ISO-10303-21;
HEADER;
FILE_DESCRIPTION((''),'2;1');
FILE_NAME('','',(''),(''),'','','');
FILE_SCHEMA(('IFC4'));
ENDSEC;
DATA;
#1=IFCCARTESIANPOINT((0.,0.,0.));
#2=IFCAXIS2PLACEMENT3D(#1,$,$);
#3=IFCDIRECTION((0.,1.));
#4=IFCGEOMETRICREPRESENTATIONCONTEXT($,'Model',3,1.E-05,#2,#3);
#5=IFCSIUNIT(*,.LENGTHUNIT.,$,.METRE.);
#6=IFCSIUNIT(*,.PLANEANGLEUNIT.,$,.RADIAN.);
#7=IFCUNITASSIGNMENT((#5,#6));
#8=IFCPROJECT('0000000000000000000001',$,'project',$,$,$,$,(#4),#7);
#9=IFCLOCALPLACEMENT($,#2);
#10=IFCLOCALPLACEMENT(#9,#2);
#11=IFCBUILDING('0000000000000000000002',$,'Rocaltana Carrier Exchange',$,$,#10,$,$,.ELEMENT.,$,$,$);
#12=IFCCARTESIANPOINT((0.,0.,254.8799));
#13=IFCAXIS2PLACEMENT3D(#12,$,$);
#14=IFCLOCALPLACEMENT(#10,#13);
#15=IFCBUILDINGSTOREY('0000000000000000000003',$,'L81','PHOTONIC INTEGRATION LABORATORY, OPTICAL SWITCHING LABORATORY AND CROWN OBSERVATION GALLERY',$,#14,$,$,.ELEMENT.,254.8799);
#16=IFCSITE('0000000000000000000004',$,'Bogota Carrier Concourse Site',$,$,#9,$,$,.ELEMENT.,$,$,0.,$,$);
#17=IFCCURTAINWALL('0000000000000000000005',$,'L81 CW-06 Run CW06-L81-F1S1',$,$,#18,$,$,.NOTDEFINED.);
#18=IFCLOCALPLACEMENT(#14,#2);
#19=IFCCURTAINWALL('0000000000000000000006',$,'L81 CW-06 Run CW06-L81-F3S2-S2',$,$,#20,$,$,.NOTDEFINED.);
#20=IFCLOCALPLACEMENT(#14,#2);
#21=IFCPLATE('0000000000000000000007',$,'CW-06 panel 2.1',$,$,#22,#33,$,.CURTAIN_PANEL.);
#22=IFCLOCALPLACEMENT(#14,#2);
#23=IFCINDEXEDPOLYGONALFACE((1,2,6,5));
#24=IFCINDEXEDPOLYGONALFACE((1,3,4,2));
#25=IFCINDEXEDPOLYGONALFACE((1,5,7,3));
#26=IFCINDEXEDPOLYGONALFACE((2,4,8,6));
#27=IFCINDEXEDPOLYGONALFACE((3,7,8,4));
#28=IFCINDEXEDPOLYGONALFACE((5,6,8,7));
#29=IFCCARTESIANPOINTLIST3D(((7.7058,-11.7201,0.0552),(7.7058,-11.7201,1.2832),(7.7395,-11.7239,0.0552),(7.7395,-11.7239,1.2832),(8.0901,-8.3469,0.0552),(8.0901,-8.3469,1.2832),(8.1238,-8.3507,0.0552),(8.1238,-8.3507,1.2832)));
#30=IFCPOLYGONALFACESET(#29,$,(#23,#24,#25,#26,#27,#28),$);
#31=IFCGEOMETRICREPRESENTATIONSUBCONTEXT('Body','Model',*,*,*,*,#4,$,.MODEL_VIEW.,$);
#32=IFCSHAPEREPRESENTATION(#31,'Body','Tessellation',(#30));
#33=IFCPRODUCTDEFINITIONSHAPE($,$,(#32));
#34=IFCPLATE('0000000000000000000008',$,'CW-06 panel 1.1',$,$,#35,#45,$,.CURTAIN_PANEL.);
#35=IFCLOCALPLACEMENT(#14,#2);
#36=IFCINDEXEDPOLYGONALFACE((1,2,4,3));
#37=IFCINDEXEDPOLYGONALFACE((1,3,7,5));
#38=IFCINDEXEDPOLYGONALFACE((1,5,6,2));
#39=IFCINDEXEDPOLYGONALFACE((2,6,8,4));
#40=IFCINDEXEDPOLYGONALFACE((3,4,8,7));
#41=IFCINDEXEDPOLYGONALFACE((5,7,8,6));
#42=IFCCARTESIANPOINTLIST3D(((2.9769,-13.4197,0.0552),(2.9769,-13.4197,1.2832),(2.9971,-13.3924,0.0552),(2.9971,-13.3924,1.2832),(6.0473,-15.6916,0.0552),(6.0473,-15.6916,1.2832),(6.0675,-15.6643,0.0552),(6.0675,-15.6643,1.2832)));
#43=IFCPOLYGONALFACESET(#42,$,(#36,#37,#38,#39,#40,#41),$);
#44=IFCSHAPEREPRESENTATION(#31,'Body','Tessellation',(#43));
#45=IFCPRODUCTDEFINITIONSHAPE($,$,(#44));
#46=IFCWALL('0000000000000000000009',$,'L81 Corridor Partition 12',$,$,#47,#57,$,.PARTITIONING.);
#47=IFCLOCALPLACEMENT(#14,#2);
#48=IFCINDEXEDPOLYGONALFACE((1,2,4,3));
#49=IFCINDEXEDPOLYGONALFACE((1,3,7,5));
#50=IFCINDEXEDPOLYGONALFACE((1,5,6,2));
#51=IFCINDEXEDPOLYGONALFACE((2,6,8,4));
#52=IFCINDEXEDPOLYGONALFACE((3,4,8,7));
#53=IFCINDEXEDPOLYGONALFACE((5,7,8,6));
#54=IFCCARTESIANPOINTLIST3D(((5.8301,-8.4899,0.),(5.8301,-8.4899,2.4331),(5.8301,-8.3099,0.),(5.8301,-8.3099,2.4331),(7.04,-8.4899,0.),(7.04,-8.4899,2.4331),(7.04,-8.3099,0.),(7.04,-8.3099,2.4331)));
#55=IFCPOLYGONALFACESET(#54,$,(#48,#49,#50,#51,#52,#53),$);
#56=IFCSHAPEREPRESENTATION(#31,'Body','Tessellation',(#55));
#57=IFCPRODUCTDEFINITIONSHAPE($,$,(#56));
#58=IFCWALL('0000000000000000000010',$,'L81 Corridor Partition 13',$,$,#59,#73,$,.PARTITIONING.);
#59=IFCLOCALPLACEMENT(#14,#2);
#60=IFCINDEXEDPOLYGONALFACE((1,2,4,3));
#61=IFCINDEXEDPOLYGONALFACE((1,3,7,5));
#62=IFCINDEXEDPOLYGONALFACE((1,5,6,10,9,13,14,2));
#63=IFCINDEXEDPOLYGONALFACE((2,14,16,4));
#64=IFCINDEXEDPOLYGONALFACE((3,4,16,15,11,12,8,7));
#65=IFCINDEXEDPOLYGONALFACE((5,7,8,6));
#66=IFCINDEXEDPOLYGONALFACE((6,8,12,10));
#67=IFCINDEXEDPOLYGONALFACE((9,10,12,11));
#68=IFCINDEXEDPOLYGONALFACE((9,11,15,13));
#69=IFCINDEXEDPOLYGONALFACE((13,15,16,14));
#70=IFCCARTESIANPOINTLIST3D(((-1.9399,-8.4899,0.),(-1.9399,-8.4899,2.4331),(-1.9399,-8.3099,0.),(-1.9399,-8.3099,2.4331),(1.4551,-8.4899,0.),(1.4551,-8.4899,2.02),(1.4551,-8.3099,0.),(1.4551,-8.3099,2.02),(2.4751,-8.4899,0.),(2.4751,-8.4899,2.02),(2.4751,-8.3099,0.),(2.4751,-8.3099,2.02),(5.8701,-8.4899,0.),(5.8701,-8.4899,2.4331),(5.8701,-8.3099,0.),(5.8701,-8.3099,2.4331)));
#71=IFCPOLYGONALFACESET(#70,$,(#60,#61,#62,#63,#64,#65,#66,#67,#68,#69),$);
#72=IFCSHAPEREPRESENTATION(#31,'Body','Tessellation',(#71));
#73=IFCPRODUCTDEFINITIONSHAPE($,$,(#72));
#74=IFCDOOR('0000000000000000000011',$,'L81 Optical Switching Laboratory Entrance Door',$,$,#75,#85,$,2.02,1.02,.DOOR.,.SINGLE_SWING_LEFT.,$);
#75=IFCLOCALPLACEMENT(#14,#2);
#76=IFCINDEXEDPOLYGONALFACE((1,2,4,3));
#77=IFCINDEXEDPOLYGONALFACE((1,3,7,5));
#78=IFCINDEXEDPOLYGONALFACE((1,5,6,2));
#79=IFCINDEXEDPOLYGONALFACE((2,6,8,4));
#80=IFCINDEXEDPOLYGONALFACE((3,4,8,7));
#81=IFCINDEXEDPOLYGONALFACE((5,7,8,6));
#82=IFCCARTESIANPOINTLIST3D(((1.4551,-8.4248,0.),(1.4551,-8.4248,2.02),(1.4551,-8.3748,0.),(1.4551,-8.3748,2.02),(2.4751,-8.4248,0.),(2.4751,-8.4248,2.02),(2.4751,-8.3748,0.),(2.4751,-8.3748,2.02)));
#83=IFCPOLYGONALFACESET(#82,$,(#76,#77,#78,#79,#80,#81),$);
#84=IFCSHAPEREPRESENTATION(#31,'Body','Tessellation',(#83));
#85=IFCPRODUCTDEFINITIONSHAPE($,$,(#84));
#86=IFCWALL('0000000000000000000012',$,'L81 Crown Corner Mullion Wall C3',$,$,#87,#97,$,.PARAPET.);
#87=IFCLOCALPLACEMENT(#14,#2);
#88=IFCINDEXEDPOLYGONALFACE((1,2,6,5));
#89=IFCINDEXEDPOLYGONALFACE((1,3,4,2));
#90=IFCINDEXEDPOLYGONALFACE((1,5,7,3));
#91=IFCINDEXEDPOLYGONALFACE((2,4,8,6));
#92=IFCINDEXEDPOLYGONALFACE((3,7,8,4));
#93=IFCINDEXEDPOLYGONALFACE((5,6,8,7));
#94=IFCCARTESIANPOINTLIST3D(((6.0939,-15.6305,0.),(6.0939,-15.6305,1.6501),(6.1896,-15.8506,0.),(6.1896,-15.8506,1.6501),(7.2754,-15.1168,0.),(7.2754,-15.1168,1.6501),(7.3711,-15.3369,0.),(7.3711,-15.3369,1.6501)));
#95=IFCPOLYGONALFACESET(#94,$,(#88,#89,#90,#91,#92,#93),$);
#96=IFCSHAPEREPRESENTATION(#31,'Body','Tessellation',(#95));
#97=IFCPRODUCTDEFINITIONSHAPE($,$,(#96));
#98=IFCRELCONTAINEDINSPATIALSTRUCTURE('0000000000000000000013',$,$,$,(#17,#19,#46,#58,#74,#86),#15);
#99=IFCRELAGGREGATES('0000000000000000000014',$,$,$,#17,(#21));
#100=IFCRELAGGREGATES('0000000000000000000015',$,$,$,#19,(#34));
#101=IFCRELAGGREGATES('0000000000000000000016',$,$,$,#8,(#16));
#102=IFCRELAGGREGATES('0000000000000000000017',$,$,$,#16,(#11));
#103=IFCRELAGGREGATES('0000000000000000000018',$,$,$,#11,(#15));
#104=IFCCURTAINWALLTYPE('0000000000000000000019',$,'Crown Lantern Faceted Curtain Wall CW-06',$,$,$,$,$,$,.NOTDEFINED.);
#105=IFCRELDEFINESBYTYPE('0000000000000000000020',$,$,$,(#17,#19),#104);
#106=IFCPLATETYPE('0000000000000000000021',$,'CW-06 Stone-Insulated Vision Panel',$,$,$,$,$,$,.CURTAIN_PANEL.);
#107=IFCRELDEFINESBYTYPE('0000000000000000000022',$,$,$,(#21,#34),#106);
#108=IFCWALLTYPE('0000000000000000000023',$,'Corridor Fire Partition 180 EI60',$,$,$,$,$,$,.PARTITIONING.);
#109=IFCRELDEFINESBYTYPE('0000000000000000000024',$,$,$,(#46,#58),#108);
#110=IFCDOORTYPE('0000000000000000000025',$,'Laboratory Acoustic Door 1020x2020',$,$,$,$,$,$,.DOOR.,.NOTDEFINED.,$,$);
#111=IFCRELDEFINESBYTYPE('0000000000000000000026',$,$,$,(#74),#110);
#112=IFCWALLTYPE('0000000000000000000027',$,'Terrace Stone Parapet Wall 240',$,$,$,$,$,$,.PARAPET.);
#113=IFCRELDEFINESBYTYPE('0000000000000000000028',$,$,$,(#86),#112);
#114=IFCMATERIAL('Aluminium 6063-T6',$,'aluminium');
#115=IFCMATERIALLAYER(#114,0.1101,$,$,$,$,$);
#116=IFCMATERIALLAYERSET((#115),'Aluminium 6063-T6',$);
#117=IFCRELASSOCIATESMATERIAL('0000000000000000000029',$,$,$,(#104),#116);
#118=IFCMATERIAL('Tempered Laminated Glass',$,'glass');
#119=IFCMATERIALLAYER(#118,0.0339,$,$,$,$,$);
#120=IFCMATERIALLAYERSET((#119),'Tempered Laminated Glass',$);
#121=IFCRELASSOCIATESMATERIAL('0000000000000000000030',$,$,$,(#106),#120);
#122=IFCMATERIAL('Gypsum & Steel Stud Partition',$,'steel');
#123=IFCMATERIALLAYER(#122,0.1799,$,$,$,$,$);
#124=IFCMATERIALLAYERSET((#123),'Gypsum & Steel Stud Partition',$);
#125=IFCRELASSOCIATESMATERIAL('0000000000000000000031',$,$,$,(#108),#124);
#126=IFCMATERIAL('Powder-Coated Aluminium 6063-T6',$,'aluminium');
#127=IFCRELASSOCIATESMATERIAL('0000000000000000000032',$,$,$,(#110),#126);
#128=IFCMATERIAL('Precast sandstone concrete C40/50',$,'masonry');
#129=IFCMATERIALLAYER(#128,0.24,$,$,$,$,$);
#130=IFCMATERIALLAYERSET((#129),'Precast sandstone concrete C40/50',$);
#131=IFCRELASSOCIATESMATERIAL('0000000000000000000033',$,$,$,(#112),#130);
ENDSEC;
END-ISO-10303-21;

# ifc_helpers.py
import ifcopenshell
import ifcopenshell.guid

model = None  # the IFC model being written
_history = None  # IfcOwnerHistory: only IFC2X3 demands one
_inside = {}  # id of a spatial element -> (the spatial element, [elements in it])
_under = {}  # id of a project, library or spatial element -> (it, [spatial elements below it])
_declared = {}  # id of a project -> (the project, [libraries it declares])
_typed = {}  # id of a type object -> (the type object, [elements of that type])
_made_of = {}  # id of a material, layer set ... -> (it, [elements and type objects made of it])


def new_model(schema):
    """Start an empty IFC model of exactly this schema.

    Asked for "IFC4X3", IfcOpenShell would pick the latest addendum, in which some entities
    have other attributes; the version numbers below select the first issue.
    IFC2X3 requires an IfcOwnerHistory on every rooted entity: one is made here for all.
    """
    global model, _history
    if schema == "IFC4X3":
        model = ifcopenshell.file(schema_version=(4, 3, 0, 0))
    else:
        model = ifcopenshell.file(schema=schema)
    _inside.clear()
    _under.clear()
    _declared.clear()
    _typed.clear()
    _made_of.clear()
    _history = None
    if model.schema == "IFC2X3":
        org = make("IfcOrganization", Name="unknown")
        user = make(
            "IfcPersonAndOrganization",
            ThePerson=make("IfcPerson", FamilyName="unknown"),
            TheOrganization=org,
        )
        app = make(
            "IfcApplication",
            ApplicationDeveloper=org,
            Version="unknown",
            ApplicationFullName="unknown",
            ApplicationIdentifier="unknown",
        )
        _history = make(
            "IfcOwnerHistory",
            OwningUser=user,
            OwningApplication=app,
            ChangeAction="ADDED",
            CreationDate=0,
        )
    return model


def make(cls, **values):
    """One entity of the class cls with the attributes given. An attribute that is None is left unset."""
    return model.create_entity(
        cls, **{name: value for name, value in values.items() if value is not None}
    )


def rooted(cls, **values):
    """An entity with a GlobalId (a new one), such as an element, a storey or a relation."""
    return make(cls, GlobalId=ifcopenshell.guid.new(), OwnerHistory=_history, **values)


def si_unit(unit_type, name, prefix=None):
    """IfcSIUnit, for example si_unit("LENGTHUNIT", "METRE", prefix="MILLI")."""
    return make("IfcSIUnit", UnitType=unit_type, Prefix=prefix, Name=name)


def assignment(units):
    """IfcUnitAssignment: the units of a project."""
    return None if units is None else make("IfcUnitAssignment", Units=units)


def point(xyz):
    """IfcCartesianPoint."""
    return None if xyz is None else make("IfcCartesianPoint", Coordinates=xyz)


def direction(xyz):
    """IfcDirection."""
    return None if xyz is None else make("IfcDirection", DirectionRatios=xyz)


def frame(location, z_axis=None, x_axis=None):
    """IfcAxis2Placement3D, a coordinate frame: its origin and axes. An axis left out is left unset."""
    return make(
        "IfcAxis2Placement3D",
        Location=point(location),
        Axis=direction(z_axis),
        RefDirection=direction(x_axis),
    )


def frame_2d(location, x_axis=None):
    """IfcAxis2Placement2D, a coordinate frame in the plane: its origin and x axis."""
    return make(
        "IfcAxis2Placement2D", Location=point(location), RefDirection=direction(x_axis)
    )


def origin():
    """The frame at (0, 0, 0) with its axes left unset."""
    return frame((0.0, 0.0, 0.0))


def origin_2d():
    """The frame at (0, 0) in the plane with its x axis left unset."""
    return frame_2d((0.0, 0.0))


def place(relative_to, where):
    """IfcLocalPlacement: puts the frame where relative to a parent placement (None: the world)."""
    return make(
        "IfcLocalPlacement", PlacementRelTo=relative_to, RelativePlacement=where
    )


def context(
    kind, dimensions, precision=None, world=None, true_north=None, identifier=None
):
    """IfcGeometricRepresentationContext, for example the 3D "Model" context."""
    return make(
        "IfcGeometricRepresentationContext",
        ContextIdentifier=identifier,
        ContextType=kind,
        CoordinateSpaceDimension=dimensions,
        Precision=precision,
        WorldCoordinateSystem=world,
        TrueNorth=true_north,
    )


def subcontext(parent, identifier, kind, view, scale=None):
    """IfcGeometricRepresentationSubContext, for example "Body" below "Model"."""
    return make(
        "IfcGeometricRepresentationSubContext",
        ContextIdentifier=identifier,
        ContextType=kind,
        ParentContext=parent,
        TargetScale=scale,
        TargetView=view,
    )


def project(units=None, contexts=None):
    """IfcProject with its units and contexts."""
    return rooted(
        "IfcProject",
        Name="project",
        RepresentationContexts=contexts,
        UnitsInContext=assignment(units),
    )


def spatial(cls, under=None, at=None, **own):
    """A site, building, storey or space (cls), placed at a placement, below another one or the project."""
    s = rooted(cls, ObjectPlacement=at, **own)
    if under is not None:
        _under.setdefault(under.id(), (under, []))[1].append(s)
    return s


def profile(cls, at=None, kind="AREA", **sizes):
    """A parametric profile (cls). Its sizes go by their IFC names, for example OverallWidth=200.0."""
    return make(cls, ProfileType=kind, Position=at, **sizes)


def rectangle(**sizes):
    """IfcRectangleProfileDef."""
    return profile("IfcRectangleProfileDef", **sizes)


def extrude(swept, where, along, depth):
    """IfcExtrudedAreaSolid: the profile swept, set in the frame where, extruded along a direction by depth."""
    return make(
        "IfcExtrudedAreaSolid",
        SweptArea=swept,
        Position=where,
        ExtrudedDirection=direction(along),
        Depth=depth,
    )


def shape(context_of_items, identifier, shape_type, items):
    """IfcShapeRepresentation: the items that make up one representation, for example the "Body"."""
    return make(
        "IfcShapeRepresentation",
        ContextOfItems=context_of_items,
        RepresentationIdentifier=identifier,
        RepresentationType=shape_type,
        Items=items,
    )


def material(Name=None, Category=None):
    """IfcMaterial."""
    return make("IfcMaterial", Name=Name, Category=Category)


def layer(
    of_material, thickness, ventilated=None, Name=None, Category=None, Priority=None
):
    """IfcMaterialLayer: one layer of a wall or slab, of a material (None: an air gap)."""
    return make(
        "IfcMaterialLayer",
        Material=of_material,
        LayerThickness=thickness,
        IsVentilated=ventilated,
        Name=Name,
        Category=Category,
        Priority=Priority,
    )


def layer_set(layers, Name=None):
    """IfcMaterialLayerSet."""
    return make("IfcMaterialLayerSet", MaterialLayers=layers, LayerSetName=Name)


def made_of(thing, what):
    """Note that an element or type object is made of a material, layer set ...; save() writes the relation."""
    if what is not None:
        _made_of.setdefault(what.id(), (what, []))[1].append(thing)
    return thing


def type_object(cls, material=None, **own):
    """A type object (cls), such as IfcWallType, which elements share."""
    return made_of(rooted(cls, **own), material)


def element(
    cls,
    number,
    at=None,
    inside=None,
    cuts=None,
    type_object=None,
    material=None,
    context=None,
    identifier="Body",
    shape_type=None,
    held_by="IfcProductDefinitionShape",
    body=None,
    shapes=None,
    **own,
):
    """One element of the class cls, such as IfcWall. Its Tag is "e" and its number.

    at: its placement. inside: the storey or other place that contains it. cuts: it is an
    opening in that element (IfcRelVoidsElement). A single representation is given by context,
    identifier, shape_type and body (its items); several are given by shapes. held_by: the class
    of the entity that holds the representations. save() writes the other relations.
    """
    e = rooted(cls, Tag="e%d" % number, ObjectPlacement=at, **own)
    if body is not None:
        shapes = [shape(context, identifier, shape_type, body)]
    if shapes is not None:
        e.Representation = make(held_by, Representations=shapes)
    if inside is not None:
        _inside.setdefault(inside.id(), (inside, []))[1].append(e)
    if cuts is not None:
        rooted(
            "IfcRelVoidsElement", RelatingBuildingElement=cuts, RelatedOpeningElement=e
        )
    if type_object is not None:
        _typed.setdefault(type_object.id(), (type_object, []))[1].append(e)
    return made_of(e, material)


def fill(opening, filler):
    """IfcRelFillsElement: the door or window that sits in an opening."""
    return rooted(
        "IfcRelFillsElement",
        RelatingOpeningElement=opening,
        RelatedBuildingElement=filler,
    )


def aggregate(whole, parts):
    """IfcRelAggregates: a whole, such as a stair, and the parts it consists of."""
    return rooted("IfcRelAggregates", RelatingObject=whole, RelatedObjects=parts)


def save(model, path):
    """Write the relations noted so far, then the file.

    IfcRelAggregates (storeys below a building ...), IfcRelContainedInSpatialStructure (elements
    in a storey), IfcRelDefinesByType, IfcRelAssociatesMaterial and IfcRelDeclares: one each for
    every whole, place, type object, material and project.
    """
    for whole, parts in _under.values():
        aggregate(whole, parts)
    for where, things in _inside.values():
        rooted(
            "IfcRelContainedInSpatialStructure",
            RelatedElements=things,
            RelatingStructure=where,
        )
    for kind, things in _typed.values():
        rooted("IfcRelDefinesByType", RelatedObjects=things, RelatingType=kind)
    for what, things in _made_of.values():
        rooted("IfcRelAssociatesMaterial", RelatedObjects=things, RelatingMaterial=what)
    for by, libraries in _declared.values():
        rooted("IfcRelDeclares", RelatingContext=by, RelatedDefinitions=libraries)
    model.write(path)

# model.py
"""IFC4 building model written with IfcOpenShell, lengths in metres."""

from ifc_helpers import new_model, si_unit, direction, frame, frame_2d, origin, origin_2d, place, context, subcontext, project, spatial, rectangle, extrude, material, layer, layer_set, type_object, element, fill, aggregate, save


model = new_model("IFC4")

# Units and contexts
model_context = context("Model", 3, precision=1e-05, world=origin(), true_north=direction((0.0, 1.0)))
body_context = subcontext(model_context, "Body", "Model", "MODEL_VIEW")
ifc_project = project(units=[si_unit("LENGTHUNIT", "METRE"), si_unit("PLANEANGLEUNIT", "RADIAN")], contexts=[model_context])

# Site, building, storey
site_placement = place(None, origin())
site = spatial("IfcSite", under=ifc_project, at=site_placement, Name="Bogota Carrier Concourse Site", CompositionType="ELEMENT", RefElevation=0.0)
building_placement = place(site_placement, origin())
building = spatial("IfcBuilding", under=site, at=building_placement, Name="Rocaltana Carrier Exchange", CompositionType="ELEMENT")
storey_placement = place(building_placement, frame((0.0, 0.0, 254.8799)))
storey = spatial("IfcBuildingStorey", under=building, at=storey_placement, Name="L81", Description="PHOTONIC INTEGRATION LABORATORY, OPTICAL SWITCHING LABORATORY AND CROWN OBSERVATION GALLERY", CompositionType="ELEMENT", Elevation=254.8799)

# Curtain wall
ifc_material_1 = material(Name="Aluminium 6063-T6", Category="aluminium")
ifc_layer_1 = layer(ifc_material_1, 0.1101)
ifc_layer_set_1 = layer_set([ifc_layer_1], Name="Aluminium 6063-T6")
curtain_wall_type = type_object("IfcCurtainWallType", Name="Crown Lantern Faceted Curtain Wall CW-06", PredefinedType="NOTDEFINED", material=ifc_layer_set_1)
curtain_wall_1_placement = place(storey_placement, origin())
curtain_wall_1 = element("IfcCurtainWall", 1, at=curtain_wall_1_placement, inside=storey, type_object=curtain_wall_type, Name="L81 CW-06 Run CW06-L81-F1S1", PredefinedType="NOTDEFINED")

# Curtain wall
curtain_wall_2_placement = place(storey_placement, origin())
curtain_wall_2 = element("IfcCurtainWall", 2, at=curtain_wall_2_placement, inside=storey, type_object=curtain_wall_type, Name="L81 CW-06 Run CW06-L81-F3S2-S2", PredefinedType="NOTDEFINED")

# Plates
ifc_material_2 = material(Name="Tempered Laminated Glass", Category="glass")
ifc_layer_2 = layer(ifc_material_2, 0.0339)
ifc_layer_set_2 = layer_set([ifc_layer_2], Name="Tempered Laminated Glass")
plate_type = type_object("IfcPlateType", Name="CW-06 Stone-Insulated Vision Panel", PredefinedType="CURTAIN_PANEL", material=ifc_layer_set_2)
plate_1_placement = place(storey_placement, frame((7.9148, -10.0354, 0.0552), z_axis=(0.0, 0.0, 1.0), x_axis=(0.113203, 0.993572, 0.0)))
plate_1 = element("IfcPlate", 3, at=plate_1_placement, type_object=plate_type, Name="CW-06 panel 2.1", PredefinedType="CURTAIN_PANEL", context=body_context, shape_type="SweptSolid", body=[
    extrude(rectangle(XDim=3.395, YDim=0.0339, at=origin_2d()), origin(), (0.0, 0.0, 1.0), 1.228),
])
aggregate(curtain_wall_1, [plate_1])
plate_2_placement = place(storey_placement, frame((4.5222, -14.542, 0.0552), z_axis=(0.0, 0.0, 1.0), x_axis=(0.803865, -0.594812, 0.0)))
plate_2 = element("IfcPlate", 4, at=plate_2_placement, type_object=plate_type, Name="CW-06 panel 1.1", PredefinedType="CURTAIN_PANEL", context=body_context, shape_type="SweptSolid", body=[
    extrude(rectangle(XDim=3.8196, YDim=0.0339, at=origin_2d()), origin(), (0.0, 0.0, 1.0), 1.228),
])
aggregate(curtain_wall_2, [plate_2])

# Wall
ifc_material_3 = material(Name="Gypsum & Steel Stud Partition", Category="steel")
ifc_layer_3 = layer(ifc_material_3, 0.1799)
ifc_layer_set_3 = layer_set([ifc_layer_3], Name="Gypsum & Steel Stud Partition")
wall_type_1 = type_object("IfcWallType", Name="Corridor Fire Partition 180 EI60", PredefinedType="PARTITIONING", material=ifc_layer_set_3)
wall_1_placement = place(storey_placement, frame((7.04, -8.3999, 0.0), z_axis=(0.0, 0.0, 1.0), x_axis=(-1.0, 0.0, 0.0)))
element("IfcWall", 5, at=wall_1_placement, inside=storey, type_object=wall_type_1, Name="L81 Corridor Partition 12", PredefinedType="PARTITIONING", context=body_context, shape_type="SweptSolid", body=[
    extrude(rectangle(XDim=1.21, YDim=0.1799, at=frame_2d((0.605, 0.0))), origin(), (0.0, 0.0, 1.0), 2.4331),
])

# Wall, opening, door
wall_2_placement = place(storey_placement, frame((5.8701, -8.3999, 0.0), z_axis=(0.0, 0.0, 1.0), x_axis=(-1.0, 0.0, 0.0)))
wall_2 = element("IfcWall", 6, at=wall_2_placement, inside=storey, type_object=wall_type_1, Name="L81 Corridor Partition 13", PredefinedType="PARTITIONING", context=body_context, shape_type="SweptSolid", body=[
    extrude(rectangle(XDim=7.8101, YDim=0.1799, at=frame_2d((3.905, 0.0))), origin(), (0.0, 0.0, 1.0), 2.4331),
])
opening_placement = place(wall_2_placement, frame((3.395, 0.0, 0.0)))
opening = element("IfcOpeningElement", 7, at=opening_placement, cuts=wall_2, PredefinedType="OPENING", context=body_context, shape_type="SweptSolid", body=[
    extrude(rectangle(XDim=1.02, YDim=2.02, at=frame_2d((0.51, 1.01))), frame((0.0, 0.0999, 0.0), z_axis=(0.0, -1.0, 0.0), x_axis=(1.0, 0.0, 0.0)), (0.0, 0.0, 1.0), 0.2),
])
ifc_material_4 = material(Name="Powder-Coated Aluminium 6063-T6", Category="aluminium")
door_type = type_object("IfcDoorType", Name="Laboratory Acoustic Door 1020x2020", OperationType="NOTDEFINED", PredefinedType="DOOR", material=ifc_material_4)
door_placement = place(opening_placement, origin())
door = element("IfcDoor", 8, at=door_placement, inside=storey, type_object=door_type, Name="L81 Optical Switching Laboratory Entrance Door", OperationType="SINGLE_SWING_LEFT", OverallHeight=2.02, OverallWidth=1.02, PredefinedType="DOOR", context=body_context, shape_type="SweptSolid", body=[
    extrude(rectangle(XDim=1.02, YDim=2.02, at=frame_2d((0.51, 1.01))), frame((0.0, 0.0249, 0.0), z_axis=(0.0, -1.0, 0.0), x_axis=(1.0, 0.0, 0.0)), (0.0, 0.0, 1.0), 0.05),
])
fill(opening, door)

# Wall
ifc_material_5 = material(Name="Precast sandstone concrete C40/50", Category="masonry")
ifc_layer_4 = layer(ifc_material_5, 0.24)
ifc_layer_set_4 = layer_set([ifc_layer_4], Name="Precast sandstone concrete C40/50")
wall_type_2 = type_object("IfcWallType", Name="Terrace Stone Parapet Wall 240", PredefinedType="PARAPET", material=ifc_layer_set_4)
wall_3_placement = place(storey_placement, frame((6.1418, -15.7405, 0.0), z_axis=(0.0, 0.0, 1.0), x_axis=(0.917064, 0.39874, 0.0)))
element("IfcWall", 9, at=wall_3_placement, inside=storey, type_object=wall_type_2, Name="L81 Crown Corner Mullion Wall C3", PredefinedType="PARAPET", context=body_context, shape_type="SweptSolid", body=[
    extrude(rectangle(XDim=1.2883, YDim=0.24, at=frame_2d((0.644, 0.0))), origin(), (0.0, 0.0, 1.0), 1.6501),
])

save(model, "model.ifc")
